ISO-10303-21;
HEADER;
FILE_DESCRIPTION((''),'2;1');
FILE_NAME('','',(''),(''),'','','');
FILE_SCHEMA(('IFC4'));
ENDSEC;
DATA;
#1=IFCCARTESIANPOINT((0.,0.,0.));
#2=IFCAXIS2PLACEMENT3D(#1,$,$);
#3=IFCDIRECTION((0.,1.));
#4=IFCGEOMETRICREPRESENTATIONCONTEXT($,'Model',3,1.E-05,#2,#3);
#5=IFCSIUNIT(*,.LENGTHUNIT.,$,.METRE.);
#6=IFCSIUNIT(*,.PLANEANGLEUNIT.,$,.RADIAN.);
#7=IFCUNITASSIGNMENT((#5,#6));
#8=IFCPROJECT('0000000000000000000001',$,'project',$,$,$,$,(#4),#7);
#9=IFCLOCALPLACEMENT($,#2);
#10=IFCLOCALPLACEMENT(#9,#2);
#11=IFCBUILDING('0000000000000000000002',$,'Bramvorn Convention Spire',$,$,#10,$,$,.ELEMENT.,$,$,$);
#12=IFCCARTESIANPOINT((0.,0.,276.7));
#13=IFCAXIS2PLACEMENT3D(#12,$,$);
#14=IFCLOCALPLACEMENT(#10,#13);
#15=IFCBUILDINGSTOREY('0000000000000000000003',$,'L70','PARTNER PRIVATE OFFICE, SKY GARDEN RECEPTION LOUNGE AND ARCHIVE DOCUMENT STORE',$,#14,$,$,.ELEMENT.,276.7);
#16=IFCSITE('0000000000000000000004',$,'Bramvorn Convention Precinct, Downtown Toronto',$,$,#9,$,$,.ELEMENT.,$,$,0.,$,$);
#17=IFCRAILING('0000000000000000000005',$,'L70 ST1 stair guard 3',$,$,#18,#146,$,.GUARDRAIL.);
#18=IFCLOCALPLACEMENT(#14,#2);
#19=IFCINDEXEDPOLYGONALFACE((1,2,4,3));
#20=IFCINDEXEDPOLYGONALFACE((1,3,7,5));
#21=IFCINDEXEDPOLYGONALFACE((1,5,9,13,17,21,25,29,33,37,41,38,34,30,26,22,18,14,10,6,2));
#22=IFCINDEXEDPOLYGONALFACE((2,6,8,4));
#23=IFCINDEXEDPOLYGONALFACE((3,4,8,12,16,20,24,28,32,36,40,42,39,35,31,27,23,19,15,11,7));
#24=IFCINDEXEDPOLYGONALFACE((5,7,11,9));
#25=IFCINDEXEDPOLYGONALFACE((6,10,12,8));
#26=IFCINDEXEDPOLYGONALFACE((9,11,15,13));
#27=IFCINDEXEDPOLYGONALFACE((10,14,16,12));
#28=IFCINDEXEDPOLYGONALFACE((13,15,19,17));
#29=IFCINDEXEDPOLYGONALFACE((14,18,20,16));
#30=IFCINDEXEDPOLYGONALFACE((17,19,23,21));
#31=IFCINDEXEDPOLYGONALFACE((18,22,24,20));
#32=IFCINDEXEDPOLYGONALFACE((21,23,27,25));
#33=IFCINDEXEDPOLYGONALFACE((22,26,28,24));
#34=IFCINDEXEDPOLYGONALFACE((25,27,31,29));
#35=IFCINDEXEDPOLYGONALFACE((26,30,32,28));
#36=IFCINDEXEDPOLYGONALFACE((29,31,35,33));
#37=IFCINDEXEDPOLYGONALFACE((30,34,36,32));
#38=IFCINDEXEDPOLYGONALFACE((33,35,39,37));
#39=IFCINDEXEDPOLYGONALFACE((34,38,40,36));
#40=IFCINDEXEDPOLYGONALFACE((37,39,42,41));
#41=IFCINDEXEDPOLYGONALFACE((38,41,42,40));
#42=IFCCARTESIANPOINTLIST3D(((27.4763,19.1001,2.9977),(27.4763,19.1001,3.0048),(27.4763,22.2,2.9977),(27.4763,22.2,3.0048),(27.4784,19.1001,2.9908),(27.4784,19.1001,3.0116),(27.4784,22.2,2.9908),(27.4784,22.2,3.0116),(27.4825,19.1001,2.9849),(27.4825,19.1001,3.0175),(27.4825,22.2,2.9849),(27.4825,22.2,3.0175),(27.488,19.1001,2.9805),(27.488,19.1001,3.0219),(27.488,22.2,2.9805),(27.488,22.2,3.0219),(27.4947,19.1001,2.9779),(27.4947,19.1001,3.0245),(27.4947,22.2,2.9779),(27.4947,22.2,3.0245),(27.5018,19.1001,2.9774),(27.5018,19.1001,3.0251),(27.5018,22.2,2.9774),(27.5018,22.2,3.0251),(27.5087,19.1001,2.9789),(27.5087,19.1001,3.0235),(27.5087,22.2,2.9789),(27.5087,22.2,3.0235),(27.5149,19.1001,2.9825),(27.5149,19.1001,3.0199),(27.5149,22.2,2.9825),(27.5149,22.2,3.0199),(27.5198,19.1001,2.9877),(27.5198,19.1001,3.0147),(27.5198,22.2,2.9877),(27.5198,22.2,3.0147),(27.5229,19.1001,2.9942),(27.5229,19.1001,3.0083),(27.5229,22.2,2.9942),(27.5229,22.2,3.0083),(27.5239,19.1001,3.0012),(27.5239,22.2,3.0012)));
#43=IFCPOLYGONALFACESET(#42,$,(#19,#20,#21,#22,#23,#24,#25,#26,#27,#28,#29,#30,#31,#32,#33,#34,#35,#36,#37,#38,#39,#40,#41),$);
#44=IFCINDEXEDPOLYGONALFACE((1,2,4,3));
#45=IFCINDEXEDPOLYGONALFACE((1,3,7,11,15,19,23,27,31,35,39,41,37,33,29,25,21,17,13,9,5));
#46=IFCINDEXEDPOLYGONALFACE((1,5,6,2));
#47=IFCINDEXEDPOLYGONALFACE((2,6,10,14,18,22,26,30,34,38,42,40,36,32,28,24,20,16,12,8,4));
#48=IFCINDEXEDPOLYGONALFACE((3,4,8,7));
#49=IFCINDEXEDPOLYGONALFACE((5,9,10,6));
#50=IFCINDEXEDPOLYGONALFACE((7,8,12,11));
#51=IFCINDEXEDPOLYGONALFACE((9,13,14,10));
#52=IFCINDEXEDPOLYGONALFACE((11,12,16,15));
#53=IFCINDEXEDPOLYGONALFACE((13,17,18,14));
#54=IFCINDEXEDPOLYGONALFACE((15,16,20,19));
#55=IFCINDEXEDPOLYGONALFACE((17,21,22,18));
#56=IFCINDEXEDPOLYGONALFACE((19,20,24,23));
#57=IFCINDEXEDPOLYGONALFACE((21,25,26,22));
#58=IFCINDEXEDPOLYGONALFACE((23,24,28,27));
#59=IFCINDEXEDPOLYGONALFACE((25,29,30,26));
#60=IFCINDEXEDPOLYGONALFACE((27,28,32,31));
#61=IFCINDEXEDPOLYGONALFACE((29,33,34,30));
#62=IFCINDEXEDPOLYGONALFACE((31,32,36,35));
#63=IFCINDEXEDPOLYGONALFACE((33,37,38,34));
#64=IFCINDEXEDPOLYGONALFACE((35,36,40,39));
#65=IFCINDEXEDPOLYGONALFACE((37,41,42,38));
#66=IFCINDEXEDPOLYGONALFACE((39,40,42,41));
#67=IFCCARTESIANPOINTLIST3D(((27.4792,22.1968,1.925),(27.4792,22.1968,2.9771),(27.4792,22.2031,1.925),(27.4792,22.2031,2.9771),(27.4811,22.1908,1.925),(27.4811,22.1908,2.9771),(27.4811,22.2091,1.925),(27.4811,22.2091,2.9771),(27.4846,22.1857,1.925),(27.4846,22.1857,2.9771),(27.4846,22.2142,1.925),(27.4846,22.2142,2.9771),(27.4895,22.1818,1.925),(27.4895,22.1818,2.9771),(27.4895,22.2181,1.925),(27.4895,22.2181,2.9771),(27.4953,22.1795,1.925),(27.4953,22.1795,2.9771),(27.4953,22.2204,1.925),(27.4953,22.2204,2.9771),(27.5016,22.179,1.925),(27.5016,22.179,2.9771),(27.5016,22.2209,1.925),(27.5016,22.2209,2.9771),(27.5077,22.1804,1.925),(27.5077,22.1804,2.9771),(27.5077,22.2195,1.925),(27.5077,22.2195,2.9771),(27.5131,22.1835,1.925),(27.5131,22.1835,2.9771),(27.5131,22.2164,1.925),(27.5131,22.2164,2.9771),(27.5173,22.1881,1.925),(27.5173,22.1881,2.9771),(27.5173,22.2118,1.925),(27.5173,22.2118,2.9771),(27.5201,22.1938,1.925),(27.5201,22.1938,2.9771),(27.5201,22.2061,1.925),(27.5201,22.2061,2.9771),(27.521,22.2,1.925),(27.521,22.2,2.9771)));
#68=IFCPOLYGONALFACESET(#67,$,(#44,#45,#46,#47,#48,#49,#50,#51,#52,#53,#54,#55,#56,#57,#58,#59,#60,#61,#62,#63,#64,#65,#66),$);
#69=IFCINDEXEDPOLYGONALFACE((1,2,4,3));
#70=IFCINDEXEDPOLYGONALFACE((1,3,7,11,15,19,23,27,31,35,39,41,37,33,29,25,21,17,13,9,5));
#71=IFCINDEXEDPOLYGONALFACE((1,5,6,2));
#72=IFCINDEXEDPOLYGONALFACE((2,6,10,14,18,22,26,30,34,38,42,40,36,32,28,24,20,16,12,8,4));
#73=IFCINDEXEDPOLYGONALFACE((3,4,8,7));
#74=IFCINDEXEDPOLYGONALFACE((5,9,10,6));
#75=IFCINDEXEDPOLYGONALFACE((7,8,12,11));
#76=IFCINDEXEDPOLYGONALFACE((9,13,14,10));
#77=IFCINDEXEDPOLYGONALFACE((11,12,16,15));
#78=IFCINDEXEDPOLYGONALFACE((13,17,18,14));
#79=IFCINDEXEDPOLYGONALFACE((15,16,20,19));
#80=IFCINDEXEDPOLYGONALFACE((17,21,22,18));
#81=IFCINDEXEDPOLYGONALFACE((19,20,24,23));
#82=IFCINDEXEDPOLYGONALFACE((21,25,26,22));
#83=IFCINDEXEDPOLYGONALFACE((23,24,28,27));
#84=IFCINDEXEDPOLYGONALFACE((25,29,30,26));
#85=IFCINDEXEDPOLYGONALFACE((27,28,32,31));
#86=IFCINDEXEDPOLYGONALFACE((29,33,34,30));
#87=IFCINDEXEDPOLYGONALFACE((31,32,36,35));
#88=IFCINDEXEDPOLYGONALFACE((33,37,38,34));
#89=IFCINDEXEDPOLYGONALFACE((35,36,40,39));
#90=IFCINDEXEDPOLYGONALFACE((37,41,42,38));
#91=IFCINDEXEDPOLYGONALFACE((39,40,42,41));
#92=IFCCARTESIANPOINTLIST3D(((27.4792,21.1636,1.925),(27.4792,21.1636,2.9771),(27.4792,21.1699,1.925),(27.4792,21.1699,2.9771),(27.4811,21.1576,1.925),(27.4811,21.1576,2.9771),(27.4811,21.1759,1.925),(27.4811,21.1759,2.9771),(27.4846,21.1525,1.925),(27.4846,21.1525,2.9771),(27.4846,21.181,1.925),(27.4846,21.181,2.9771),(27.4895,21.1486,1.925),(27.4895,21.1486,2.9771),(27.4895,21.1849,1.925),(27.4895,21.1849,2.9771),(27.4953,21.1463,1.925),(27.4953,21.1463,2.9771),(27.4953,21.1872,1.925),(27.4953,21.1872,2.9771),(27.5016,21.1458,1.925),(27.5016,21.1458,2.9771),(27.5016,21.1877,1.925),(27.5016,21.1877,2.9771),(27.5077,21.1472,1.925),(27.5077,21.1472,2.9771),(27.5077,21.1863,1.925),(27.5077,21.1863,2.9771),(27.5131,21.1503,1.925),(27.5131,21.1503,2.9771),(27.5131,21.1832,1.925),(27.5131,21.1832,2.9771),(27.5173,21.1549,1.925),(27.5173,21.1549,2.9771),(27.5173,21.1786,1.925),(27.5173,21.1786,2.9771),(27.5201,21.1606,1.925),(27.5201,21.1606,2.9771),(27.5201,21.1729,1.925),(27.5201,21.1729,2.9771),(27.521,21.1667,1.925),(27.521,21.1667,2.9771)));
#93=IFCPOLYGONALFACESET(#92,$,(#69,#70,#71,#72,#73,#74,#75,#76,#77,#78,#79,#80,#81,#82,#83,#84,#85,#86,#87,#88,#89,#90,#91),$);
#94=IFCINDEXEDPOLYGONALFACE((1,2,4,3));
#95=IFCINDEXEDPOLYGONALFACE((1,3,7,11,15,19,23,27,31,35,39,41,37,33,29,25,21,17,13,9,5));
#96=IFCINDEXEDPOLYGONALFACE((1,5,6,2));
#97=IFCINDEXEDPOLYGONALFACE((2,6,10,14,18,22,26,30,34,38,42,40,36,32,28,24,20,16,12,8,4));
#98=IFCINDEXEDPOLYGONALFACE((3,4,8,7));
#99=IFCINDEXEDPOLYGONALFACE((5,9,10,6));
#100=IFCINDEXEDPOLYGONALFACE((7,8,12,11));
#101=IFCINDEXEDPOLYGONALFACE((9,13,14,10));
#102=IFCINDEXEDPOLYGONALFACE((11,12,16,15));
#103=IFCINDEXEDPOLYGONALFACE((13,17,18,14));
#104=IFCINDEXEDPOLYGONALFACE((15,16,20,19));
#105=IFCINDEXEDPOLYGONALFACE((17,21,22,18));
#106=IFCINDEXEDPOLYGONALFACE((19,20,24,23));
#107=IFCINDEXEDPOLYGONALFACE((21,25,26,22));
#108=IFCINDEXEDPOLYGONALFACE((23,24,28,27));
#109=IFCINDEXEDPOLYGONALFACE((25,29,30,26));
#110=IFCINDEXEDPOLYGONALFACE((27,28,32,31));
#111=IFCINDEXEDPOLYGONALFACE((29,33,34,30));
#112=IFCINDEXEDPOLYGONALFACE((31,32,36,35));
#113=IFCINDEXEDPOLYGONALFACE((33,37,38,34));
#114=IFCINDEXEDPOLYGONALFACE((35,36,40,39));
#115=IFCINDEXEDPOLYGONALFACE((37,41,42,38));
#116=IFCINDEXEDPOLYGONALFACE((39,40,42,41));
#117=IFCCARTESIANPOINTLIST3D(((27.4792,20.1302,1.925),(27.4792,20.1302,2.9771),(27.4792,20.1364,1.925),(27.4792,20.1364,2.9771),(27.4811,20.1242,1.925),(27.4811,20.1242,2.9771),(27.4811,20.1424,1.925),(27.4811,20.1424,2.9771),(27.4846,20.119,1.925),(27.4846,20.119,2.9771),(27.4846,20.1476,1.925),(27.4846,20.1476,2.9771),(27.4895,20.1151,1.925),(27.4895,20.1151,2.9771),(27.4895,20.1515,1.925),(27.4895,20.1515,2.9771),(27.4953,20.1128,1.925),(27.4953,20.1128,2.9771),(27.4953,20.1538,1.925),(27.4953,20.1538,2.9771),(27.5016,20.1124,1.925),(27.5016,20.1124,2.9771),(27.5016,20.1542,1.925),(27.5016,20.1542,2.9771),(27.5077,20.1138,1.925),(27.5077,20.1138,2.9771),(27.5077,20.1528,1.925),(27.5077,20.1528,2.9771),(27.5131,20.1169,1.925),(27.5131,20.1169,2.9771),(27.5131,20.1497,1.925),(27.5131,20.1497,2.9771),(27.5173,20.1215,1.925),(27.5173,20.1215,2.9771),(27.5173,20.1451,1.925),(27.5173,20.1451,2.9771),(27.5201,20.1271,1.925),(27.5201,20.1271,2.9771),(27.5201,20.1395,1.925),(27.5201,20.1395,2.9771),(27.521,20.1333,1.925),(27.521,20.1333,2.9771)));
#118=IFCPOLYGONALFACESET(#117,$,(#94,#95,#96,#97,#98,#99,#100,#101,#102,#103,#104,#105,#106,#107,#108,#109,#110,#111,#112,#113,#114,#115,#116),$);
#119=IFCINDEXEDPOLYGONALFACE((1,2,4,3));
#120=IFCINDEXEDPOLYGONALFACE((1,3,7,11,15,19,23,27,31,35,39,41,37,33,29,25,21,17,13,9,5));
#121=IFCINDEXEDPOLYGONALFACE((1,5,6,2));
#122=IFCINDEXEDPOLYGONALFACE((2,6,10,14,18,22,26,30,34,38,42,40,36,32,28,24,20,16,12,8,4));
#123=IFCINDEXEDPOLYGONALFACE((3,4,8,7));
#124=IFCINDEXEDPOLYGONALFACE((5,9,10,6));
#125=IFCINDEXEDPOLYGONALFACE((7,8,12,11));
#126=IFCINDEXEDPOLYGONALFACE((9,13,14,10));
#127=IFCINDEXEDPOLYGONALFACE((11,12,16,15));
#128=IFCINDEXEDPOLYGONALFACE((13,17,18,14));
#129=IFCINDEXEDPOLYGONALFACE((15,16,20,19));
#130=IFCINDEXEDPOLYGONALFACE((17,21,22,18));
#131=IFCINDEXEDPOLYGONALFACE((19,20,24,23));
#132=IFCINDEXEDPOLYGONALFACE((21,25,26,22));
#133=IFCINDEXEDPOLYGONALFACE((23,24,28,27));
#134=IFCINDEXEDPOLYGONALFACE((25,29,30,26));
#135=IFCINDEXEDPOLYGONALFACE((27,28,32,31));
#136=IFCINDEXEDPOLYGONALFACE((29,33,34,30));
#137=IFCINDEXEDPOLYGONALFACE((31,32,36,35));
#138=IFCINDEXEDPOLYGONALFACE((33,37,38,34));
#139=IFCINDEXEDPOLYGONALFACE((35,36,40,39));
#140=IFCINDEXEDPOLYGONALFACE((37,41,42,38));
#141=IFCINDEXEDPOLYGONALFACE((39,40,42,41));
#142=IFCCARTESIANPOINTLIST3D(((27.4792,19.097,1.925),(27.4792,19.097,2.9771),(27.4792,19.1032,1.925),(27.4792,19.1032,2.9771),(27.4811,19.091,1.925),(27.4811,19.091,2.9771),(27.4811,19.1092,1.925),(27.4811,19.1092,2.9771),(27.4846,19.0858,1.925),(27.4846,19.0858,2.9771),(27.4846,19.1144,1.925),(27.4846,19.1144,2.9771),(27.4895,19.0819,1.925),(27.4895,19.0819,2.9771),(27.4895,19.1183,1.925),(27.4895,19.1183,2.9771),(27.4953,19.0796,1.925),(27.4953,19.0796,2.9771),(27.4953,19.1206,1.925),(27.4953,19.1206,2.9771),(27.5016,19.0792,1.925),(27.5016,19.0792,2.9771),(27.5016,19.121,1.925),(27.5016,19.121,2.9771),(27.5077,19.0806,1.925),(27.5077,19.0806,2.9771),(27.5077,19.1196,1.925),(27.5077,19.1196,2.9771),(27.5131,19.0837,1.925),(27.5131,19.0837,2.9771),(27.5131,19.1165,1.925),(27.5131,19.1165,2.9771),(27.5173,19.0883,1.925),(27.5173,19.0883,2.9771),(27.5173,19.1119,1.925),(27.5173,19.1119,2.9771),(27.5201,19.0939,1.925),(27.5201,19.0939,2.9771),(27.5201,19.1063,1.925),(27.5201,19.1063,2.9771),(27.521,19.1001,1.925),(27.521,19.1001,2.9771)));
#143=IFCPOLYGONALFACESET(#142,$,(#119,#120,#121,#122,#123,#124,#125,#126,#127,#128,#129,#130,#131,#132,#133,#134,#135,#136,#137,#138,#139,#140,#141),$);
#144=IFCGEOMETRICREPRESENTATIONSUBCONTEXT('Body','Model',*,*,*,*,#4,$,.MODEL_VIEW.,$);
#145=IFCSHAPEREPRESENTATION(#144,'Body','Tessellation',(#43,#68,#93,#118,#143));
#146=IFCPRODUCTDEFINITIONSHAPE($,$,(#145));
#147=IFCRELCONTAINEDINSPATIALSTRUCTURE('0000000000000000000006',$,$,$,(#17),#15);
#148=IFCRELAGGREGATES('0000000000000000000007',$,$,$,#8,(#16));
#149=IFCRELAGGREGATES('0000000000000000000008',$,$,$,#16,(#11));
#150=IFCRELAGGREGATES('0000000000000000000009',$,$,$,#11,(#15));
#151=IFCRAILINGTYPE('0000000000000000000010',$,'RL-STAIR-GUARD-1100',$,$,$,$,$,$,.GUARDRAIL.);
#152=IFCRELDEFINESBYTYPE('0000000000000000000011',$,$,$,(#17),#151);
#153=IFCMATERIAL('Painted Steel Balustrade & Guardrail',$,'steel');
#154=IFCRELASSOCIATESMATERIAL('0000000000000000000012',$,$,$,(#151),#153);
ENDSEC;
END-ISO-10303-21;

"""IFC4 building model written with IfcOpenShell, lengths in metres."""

from ifc_helpers import new_model, si_unit, direction, frame, origin, origin_2d, place, context, subcontext, project, spatial, circle, extrude, material, type_object, element, save


model = new_model("IFC4")

# Units and contexts
model_context = context("Model", 3, precision=1e-05, world=origin(), true_north=direction((0.0, 1.0)))
body_context = subcontext(model_context, "Body", "Model", "MODEL_VIEW")
ifc_project = project(units=[si_unit("LENGTHUNIT", "METRE"), si_unit("PLANEANGLEUNIT", "RADIAN")], contexts=[model_context])

# Site, building, storey
site_placement = place(None, origin())
site = spatial("IfcSite", under=ifc_project, at=site_placement, Name="Bramvorn Convention Precinct, Downtown Toronto", CompositionType="ELEMENT", RefElevation=0.0)
building_placement = place(site_placement, origin())
building = spatial("IfcBuilding", under=site, at=building_placement, Name="Bramvorn Convention Spire", CompositionType="ELEMENT")
storey_placement = place(building_placement, frame((0.0, 0.0, 276.7)))
storey = spatial("IfcBuildingStorey", under=building, at=storey_placement, Name="L70", Description="PARTNER PRIVATE OFFICE, SKY GARDEN RECEPTION LOUNGE AND ARCHIVE DOCUMENT STORE", CompositionType="ELEMENT", Elevation=276.7)

# Railing
ifc_material_1 = material(Name="Painted Steel Balustrade & Guardrail", Category="steel")
railing_type_1 = type_object("IfcRailingType", Name="RL-STAIR-GUARD-1100", PredefinedType="GUARDRAIL", material=ifc_material_1)
railing_1_placement = place(storey_placement, frame((27.5, 22.2, 1.925)))
element("IfcRailing", 1, at=railing_1_placement, inside=storey, type_object=railing_type_1, Name="L70 ST1 stair guard 3", PredefinedType="GUARDRAIL", context=body_context, shape_type="SweptSolid", body=[
    extrude(circle(Radius=0.0239, at=origin_2d()), frame((0.0, 0.0, 1.0762), z_axis=(0.0, -1.0, 0.0), x_axis=(1.0, 0.0, 0.0)), (0.0, 0.0, 1.0), 3.0999),
    extrude(circle(Radius=0.021, at=origin_2d()), origin(), (0.0, 0.0, 1.0), 1.052),
    extrude(circle(Radius=0.021, at=origin_2d()), frame((0.0, -1.0332, 0.0)), (0.0, 0.0, 1.0), 1.052),
    extrude(circle(Radius=0.021, at=origin_2d()), frame((0.0, -2.0667, 0.0)), (0.0, 0.0, 1.0), 1.052),
    extrude(circle(Radius=0.021, at=origin_2d()), frame((0.0, -3.0999, 0.0)), (0.0, 0.0, 1.0), 1.052),
])

save(model, "model.ifc")
